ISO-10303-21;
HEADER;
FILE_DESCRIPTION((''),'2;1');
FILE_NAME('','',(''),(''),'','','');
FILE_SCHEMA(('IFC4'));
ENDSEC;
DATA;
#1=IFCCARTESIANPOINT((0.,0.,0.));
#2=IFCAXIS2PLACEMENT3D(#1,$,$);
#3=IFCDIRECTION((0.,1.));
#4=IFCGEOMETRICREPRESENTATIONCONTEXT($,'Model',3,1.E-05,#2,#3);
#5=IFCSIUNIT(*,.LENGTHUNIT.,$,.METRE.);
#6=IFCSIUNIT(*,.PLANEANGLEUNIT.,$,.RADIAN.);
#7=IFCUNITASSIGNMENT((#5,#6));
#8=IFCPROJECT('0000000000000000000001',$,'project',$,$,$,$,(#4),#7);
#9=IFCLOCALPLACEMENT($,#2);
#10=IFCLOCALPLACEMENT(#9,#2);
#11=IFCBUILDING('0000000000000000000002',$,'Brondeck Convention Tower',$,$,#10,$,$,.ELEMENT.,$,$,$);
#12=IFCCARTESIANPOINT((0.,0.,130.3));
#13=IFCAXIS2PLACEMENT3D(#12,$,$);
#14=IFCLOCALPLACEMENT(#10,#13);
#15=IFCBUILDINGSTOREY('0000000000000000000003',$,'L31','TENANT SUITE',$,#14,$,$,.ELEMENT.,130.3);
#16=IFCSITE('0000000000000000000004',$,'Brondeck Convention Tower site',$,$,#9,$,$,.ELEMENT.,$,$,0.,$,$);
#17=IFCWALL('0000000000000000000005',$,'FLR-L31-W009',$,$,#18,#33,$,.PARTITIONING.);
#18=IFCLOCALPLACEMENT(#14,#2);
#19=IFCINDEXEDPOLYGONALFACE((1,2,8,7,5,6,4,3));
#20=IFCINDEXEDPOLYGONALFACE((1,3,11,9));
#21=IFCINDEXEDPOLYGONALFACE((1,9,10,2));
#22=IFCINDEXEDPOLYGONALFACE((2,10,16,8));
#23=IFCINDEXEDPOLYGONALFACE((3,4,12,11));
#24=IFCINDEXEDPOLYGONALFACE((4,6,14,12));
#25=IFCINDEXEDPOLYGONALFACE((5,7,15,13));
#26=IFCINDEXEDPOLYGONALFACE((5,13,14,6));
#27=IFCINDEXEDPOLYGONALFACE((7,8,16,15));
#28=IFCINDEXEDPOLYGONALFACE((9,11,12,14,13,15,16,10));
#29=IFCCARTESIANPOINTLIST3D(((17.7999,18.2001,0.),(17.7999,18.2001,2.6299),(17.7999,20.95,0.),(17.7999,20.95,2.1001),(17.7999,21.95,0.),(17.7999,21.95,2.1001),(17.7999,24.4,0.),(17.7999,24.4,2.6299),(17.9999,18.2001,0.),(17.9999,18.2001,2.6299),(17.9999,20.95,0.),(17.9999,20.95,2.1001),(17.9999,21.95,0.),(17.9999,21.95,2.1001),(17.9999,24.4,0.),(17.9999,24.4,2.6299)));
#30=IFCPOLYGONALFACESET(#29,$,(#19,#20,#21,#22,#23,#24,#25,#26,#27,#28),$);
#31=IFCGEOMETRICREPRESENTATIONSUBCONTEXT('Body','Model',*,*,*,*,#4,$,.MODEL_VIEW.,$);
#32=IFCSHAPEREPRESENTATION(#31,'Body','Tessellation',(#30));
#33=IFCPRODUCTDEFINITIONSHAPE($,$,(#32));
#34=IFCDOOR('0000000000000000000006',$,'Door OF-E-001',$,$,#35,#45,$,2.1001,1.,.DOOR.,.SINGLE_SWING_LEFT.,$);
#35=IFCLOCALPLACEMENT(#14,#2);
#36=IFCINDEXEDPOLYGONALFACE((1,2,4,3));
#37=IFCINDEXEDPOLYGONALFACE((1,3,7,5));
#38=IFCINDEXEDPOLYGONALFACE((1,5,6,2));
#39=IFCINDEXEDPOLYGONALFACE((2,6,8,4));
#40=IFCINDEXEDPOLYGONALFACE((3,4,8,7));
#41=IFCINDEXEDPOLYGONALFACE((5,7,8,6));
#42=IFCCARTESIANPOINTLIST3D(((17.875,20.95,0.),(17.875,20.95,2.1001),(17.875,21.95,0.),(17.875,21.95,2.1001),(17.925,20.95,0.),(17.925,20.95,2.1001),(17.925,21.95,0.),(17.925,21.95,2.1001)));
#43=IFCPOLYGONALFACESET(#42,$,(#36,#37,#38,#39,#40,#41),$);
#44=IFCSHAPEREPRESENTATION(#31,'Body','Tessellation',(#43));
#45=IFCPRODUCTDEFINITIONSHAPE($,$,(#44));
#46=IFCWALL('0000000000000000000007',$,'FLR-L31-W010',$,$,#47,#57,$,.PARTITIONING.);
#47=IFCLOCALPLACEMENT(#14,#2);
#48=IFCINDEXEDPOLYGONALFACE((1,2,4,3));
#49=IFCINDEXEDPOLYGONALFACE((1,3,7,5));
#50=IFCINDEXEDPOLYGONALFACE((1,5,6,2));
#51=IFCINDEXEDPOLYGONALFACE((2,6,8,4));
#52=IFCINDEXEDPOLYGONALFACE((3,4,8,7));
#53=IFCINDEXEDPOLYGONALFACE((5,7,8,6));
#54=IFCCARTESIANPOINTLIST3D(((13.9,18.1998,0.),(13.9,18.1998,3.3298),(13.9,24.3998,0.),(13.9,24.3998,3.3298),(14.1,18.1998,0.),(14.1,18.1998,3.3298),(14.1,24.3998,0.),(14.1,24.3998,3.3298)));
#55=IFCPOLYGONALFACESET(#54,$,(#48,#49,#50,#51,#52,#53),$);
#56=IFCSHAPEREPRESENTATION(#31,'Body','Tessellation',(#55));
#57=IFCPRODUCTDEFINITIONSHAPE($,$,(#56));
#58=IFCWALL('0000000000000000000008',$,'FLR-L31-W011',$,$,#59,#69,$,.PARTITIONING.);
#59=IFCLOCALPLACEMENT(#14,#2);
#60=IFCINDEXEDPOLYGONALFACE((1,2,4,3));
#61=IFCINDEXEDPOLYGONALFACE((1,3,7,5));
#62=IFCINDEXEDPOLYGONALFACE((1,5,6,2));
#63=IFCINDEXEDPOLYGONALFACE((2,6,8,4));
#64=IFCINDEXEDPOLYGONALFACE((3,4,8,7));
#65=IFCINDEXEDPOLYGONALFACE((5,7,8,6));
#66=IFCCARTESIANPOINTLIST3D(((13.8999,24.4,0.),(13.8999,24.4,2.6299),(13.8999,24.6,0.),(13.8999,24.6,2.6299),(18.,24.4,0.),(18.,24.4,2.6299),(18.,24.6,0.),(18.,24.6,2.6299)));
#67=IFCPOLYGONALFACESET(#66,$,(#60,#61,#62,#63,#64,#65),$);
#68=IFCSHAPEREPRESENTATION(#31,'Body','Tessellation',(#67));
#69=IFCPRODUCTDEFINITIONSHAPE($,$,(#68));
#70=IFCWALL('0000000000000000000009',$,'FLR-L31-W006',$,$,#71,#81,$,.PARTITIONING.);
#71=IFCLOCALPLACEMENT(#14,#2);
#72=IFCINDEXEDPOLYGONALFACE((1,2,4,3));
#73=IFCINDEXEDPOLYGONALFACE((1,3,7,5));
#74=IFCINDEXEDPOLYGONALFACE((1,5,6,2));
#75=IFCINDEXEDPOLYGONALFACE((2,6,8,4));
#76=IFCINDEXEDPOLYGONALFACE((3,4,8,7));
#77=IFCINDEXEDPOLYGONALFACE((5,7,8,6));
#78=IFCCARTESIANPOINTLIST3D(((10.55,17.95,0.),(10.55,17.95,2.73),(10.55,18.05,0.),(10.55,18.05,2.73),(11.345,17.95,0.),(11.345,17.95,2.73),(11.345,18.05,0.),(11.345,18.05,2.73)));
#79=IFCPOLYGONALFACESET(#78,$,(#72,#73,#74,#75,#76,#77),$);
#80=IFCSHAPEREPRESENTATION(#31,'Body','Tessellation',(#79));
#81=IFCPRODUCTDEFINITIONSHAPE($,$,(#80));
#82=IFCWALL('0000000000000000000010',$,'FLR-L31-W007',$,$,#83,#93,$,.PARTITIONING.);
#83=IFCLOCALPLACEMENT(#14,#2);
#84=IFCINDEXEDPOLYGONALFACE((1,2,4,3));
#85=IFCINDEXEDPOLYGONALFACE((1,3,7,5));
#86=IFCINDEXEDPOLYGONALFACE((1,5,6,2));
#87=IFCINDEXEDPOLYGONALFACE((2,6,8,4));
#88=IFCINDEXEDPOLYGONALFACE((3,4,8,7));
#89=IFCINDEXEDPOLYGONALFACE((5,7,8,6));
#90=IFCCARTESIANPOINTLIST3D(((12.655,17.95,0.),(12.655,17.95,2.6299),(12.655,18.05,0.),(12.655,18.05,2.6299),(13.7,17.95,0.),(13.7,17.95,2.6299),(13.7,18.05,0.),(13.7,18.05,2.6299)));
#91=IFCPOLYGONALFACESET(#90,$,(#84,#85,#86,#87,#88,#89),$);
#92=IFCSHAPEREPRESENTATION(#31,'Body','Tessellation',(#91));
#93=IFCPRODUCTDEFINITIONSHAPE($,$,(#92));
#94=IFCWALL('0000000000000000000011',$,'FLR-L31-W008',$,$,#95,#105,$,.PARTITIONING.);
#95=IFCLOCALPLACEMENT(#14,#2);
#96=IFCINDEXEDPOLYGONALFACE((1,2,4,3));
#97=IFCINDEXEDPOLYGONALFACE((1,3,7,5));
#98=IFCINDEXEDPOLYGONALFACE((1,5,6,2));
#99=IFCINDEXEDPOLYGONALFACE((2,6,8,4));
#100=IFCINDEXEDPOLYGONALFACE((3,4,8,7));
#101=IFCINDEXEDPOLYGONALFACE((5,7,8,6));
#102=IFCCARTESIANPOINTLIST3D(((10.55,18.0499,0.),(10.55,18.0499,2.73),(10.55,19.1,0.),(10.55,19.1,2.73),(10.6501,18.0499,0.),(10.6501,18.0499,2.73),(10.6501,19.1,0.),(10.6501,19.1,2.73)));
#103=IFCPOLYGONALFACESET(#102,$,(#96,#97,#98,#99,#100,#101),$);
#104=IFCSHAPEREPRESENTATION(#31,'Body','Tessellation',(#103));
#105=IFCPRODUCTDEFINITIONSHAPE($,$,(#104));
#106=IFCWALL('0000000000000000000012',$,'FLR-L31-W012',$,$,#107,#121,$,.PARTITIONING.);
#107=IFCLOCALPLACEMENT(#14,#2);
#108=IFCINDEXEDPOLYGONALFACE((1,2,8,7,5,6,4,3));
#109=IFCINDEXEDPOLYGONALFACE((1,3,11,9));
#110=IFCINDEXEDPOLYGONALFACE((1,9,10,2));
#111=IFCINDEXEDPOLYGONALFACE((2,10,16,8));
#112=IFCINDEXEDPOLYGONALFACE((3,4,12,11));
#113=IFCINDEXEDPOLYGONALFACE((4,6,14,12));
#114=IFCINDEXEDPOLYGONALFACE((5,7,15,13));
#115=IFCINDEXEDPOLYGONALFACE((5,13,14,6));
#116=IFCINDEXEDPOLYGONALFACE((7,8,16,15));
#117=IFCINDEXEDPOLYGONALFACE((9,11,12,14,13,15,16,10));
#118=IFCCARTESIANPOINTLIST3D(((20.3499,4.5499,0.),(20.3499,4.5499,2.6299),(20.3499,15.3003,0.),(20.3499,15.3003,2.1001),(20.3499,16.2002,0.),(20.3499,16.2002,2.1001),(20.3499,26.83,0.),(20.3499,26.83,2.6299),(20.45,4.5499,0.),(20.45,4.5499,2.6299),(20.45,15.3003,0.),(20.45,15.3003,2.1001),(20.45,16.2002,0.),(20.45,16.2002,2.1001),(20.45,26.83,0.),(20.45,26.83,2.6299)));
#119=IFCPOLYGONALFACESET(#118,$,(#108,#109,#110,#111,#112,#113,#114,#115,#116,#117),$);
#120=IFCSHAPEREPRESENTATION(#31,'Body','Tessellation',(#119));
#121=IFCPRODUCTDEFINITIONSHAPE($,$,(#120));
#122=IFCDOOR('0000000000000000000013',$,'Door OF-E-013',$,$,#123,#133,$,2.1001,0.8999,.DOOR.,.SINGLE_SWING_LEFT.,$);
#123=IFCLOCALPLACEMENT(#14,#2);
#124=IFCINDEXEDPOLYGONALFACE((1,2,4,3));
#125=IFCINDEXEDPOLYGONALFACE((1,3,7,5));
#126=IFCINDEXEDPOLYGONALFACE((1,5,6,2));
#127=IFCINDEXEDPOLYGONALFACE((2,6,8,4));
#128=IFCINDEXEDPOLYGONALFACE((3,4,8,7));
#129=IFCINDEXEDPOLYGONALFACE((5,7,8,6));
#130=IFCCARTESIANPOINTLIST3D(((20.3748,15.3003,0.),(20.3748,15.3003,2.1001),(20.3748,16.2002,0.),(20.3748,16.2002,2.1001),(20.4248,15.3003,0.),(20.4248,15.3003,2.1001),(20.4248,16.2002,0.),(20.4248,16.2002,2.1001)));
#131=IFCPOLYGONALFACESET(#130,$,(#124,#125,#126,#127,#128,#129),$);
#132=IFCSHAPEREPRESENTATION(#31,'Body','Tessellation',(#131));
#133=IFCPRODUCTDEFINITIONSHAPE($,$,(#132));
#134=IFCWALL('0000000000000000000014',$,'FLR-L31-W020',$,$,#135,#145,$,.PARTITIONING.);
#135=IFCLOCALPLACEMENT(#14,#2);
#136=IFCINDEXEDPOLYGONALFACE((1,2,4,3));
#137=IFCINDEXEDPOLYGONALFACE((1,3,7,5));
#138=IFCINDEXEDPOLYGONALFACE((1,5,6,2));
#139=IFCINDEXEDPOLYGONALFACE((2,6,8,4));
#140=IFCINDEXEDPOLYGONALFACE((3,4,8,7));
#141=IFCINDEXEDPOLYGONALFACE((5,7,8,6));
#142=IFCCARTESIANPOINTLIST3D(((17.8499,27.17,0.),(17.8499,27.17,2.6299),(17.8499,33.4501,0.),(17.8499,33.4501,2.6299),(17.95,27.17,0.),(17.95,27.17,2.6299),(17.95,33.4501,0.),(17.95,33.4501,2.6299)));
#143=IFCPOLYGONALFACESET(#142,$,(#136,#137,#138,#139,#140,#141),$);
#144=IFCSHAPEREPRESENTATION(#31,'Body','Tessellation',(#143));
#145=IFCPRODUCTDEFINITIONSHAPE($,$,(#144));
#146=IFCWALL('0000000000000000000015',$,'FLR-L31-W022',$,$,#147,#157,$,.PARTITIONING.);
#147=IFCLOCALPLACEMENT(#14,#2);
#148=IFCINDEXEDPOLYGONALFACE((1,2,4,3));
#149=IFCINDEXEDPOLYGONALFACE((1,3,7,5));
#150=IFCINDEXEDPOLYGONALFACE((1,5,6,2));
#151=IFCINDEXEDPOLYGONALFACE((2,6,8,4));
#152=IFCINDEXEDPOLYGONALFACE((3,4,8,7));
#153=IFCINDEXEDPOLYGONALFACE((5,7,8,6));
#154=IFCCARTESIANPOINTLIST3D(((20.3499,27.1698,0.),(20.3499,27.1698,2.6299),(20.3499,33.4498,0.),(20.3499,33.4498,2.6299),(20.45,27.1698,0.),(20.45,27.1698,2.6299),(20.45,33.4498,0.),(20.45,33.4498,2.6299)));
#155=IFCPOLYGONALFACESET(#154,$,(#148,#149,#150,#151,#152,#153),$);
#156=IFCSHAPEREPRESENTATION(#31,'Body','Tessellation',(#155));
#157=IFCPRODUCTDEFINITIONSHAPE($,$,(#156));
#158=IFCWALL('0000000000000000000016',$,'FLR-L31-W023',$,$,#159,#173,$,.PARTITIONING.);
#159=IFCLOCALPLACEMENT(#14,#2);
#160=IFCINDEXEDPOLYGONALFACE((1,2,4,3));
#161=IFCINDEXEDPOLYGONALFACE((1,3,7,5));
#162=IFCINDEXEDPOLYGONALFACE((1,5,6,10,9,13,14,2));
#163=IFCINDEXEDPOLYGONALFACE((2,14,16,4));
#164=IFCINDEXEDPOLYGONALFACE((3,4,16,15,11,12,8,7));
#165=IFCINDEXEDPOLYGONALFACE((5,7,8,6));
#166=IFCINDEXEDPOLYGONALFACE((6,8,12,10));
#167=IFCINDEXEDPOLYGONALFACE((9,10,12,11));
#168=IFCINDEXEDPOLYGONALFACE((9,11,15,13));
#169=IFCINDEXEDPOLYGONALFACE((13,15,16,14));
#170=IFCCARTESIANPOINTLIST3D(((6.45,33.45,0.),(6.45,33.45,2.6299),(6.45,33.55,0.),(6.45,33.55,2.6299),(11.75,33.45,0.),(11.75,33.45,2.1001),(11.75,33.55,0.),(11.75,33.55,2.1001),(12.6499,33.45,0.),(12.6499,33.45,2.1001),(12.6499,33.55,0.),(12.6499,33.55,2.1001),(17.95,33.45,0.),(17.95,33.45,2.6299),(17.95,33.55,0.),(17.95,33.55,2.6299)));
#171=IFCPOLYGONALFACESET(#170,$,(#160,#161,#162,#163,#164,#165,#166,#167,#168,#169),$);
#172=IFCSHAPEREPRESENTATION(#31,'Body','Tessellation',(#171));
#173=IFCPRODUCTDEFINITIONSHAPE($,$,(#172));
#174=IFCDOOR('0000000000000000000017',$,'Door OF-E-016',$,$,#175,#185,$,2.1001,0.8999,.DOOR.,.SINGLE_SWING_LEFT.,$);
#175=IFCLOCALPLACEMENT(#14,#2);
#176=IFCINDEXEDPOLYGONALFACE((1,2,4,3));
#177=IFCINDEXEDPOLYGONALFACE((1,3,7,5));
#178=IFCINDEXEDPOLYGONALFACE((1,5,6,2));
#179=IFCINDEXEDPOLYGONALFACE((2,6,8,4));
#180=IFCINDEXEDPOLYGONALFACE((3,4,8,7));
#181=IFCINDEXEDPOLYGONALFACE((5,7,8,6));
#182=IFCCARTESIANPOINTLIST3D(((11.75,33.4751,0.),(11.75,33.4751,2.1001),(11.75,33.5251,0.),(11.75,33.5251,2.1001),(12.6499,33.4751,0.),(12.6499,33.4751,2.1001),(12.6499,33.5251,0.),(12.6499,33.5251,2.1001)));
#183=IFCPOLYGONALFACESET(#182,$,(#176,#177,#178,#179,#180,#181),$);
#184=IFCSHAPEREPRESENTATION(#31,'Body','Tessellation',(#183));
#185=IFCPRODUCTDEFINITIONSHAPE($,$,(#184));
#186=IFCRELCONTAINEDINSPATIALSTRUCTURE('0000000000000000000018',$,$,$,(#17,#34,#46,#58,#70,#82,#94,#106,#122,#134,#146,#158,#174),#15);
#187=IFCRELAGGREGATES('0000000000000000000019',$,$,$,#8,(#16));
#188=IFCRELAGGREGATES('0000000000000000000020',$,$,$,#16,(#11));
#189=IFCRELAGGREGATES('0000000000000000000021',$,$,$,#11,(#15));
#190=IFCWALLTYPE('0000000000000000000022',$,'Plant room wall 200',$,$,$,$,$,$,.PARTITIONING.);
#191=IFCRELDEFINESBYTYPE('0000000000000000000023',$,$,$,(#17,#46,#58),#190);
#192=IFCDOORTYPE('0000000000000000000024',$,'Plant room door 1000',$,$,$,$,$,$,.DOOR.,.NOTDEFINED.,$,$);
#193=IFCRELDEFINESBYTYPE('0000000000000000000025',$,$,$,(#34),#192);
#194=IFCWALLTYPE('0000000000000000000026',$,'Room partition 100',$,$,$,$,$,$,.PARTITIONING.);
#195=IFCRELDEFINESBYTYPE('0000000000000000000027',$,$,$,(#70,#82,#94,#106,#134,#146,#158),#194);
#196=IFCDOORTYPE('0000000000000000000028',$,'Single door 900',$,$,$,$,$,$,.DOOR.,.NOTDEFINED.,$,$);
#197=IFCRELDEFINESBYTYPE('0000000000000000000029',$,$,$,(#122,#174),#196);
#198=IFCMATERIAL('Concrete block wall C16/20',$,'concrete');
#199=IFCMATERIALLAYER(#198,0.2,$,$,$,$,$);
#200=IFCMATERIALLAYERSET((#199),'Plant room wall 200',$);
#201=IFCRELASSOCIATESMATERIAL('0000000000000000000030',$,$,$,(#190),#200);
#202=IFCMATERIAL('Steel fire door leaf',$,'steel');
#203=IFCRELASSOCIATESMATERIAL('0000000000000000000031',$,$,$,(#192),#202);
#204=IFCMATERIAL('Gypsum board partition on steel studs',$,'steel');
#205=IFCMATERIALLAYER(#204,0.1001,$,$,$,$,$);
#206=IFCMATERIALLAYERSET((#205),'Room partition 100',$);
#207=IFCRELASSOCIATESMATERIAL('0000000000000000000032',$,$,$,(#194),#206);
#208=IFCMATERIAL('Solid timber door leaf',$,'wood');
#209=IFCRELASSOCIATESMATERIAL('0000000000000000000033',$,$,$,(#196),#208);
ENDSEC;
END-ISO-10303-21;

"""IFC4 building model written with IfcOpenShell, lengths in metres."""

from ifc_helpers import new_model, si_unit, direction, frame, frame_2d, origin, place, context, subcontext, project, spatial, rectangle, extrude, material, layer, layer_set, type_object, element, fill, save


model = new_model("IFC4")

# Units and contexts
model_context = context("Model", 3, precision=1e-05, world=origin(), true_north=direction((0.0, 1.0)))
body_context = subcontext(model_context, "Body", "Model", "MODEL_VIEW")
ifc_project = project(units=[si_unit("LENGTHUNIT", "METRE"), si_unit("PLANEANGLEUNIT", "RADIAN")], contexts=[model_context])

# Site, building, storey
site_placement = place(None, origin())
site = spatial("IfcSite", under=ifc_project, at=site_placement, Name="Brondeck Convention Tower site", CompositionType="ELEMENT", RefElevation=0.0)
building_placement = place(site_placement, origin())
building = spatial("IfcBuilding", under=site, at=building_placement, Name="Brondeck Convention Tower", CompositionType="ELEMENT")
storey_placement = place(building_placement, frame((0.0, 0.0, 130.3)))
storey = spatial("IfcBuildingStorey", under=building, at=storey_placement, Name="L31", Description="TENANT SUITE", CompositionType="ELEMENT", Elevation=130.3)

# Wall, opening, door
ifc_material_1 = material(Name="Concrete block wall C16/20", Category="concrete")
ifc_layer_1 = layer(ifc_material_1, 0.2)
ifc_layer_set_1 = layer_set([ifc_layer_1], Name="Plant room wall 200")
wall_type_1 = type_object("IfcWallType", Name="Plant room wall 200", PredefinedType="PARTITIONING", material=ifc_layer_set_1)
wall_1_placement = place(storey_placement, frame((17.8999, 18.2, 0.0), z_axis=(0.0, 0.0, 1.0), x_axis=(0.0, 1.0, 0.0)))
wall_1 = element("IfcWall", 1, at=wall_1_placement, inside=storey, type_object=wall_type_1, Name="FLR-L31-W009", PredefinedType="PARTITIONING", context=body_context, shape_type="SweptSolid", body=[
    extrude(rectangle(XDim=6.2, YDim=0.2, at=frame_2d((3.1001, 0.0))), origin(), (0.0, 0.0, 1.0), 2.6299),
])
opening_1_placement = place(wall_1_placement, frame((2.75, 0.0, 0.0)))
opening_1 = element("IfcOpeningElement", 2, at=opening_1_placement, cuts=wall_1, PredefinedType="OPENING", context=body_context, shape_type="SweptSolid", body=[
    extrude(rectangle(XDim=1.0, YDim=2.1001, at=frame_2d((0.5, 1.05))), frame((0.0, 0.1099, 0.0), z_axis=(0.0, -1.0, 0.0), x_axis=(1.0, 0.0, 0.0)), (0.0, 0.0, 1.0), 0.22),
])
ifc_material_2 = material(Name="Steel fire door leaf", Category="steel")
door_type_1 = type_object("IfcDoorType", Name="Plant room door 1000", OperationType="NOTDEFINED", PredefinedType="DOOR", material=ifc_material_2)
door_1_placement = place(opening_1_placement, origin())
door_1 = element("IfcDoor", 3, at=door_1_placement, inside=storey, type_object=door_type_1, Name="Door OF-E-001", OperationType="SINGLE_SWING_LEFT", OverallHeight=2.1001, OverallWidth=1.0, PredefinedType="DOOR", context=body_context, shape_type="SweptSolid", body=[
    extrude(rectangle(XDim=1.0, YDim=2.1001, at=frame_2d((0.5, 1.05))), frame((0.0, 0.0249, 0.0), z_axis=(0.0, -1.0, 0.0), x_axis=(1.0, 0.0, 0.0)), (0.0, 0.0, 1.0), 0.05),
])
fill(opening_1, door_1)

# Walls
wall_2_placement = place(storey_placement, frame((14.0, 24.3999, 0.0), z_axis=(0.0, 0.0, 1.0), x_axis=(0.0, -1.0, 0.0)))
element("IfcWall", 4, at=wall_2_placement, inside=storey, type_object=wall_type_1, Name="FLR-L31-W010", PredefinedType="PARTITIONING", context=body_context, shape_type="SweptSolid", body=[
    extrude(rectangle(XDim=6.2, YDim=0.2, at=frame_2d((3.1001, 0.0))), origin(), (0.0, 0.0, 1.0), 3.3298),
])
wall_3_placement = place(storey_placement, frame((18.0, 24.5, 0.0), z_axis=(0.0, 0.0, 1.0), x_axis=(-1.0, 0.0, 0.0)))
element("IfcWall", 5, at=wall_3_placement, inside=storey, type_object=wall_type_1, Name="FLR-L31-W011", PredefinedType="PARTITIONING", context=body_context, shape_type="SweptSolid", body=[
    extrude(rectangle(XDim=4.1001, YDim=0.2, at=frame_2d((2.05, 0.0))), origin(), (0.0, 0.0, 1.0), 2.6299),
])
ifc_material_3 = material(Name="Gypsum board partition on steel studs", Category="steel")
ifc_layer_2 = layer(ifc_material_3, 0.1001)
ifc_layer_set_2 = layer_set([ifc_layer_2], Name="Room partition 100")
wall_type_2 = type_object("IfcWallType", Name="Room partition 100", PredefinedType="PARTITIONING", material=ifc_layer_set_2)
wall_4_placement = place(storey_placement, frame((11.345, 18.0, 0.0), z_axis=(0.0, 0.0, 1.0), x_axis=(-1.0, 0.0, 0.0)))
element("IfcWall", 6, at=wall_4_placement, inside=storey, type_object=wall_type_2, Name="FLR-L31-W006", PredefinedType="PARTITIONING", context=body_context, shape_type="SweptSolid", body=[
    extrude(rectangle(XDim=0.7949, YDim=0.1001, at=frame_2d((0.3975, 0.0))), origin(), (0.0, 0.0, 1.0), 2.73),
])
wall_5_placement = place(storey_placement, frame((13.7, 18.0, 0.0), z_axis=(0.0, 0.0, 1.0), x_axis=(-1.0, 0.0, 0.0)))
element("IfcWall", 7, at=wall_5_placement, inside=storey, type_object=wall_type_2, Name="FLR-L31-W007", PredefinedType="PARTITIONING", context=body_context, shape_type="SweptSolid", body=[
    extrude(rectangle(XDim=1.0449, YDim=0.1001, at=frame_2d((0.5225, 0.0))), origin(), (0.0, 0.0, 1.0), 2.6299),
])
wall_6_placement = place(storey_placement, frame((10.6001, 18.05, 0.0), z_axis=(0.0, 0.0, 1.0), x_axis=(0.0, 1.0, 0.0)))
element("IfcWall", 8, at=wall_6_placement, inside=storey, type_object=wall_type_2, Name="FLR-L31-W008", PredefinedType="PARTITIONING", context=body_context, shape_type="SweptSolid", body=[
    extrude(rectangle(XDim=1.05, YDim=0.1001, at=frame_2d((0.5249, 0.0))), origin(), (0.0, 0.0, 1.0), 2.73),
])

# Wall, opening, door
wall_7_placement = place(storey_placement, frame((20.3999, 26.8301, 0.0), z_axis=(0.0, 0.0, 1.0), x_axis=(0.0, -1.0, 0.0)))
wall_7 = element("IfcWall", 9, at=wall_7_placement, inside=storey, type_object=wall_type_2, Name="FLR-L31-W012", PredefinedType="PARTITIONING", context=body_context, shape_type="SweptSolid", body=[
    extrude(rectangle(XDim=22.28, YDim=0.1001, at=frame_2d((11.1401, 0.0))), origin(), (0.0, 0.0, 1.0), 2.6299),
])
opening_2_placement = place(wall_7_placement, frame((10.6299, 0.0, 0.0)))
opening_2 = element("IfcOpeningElement", 10, at=opening_2_placement, cuts=wall_7, PredefinedType="OPENING", context=body_context, shape_type="SweptSolid", body=[
    extrude(rectangle(XDim=0.8999, YDim=2.1001, at=frame_2d((0.45, 1.05))), frame((0.0, 0.0601, 0.0), z_axis=(0.0, -1.0, 0.0), x_axis=(1.0, 0.0, 0.0)), (0.0, 0.0, 1.0), 0.1201),
])
ifc_material_4 = material(Name="Solid timber door leaf", Category="wood")
door_type_2 = type_object("IfcDoorType", Name="Single door 900", OperationType="NOTDEFINED", PredefinedType="DOOR", material=ifc_material_4)
door_2_placement = place(opening_2_placement, origin())
door_2 = element("IfcDoor", 11, at=door_2_placement, inside=storey, type_object=door_type_2, Name="Door OF-E-013", OperationType="SINGLE_SWING_LEFT", OverallHeight=2.1001, OverallWidth=0.8999, PredefinedType="DOOR", context=body_context, shape_type="SweptSolid", body=[
    extrude(rectangle(XDim=0.8999, YDim=2.1001, at=frame_2d((0.45, 1.05))), frame((0.0, 0.0249, 0.0), z_axis=(0.0, -1.0, 0.0), x_axis=(1.0, 0.0, 0.0)), (0.0, 0.0, 1.0), 0.05),
])
fill(opening_2, door_2)

# Walls
for number, where, z_axis, x_axis, name in (
    (12, (17.8999, 27.1699, 0.0), (0.0, 0.0, 1.0), (0.0, 1.0, 0.0), "FLR-L31-W020"),
    (13, (20.3999, 33.45, 0.0), (0.0, 0.0, 1.0), (0.0, -1.0, 0.0), "FLR-L31-W022"),
):
    element("IfcWall", number, at=place(storey_placement, frame(where, z_axis=z_axis, x_axis=x_axis)), inside=storey, type_object=wall_type_2, Name=name, PredefinedType="PARTITIONING", context=body_context, shape_type="SweptSolid", body=[
        extrude(rectangle(XDim=6.28, YDim=0.1001, at=frame_2d((3.1401, 0.0))), origin(), (0.0, 0.0, 1.0), 2.6299),
    ])

# Wall, opening, door
wall_8_placement = place(storey_placement, frame((17.95, 33.5, 0.0), z_axis=(0.0, 0.0, 1.0), x_axis=(-1.0, 0.0, 0.0)))
wall_8 = element("IfcWall", 14, at=wall_8_placement, inside=storey, type_object=wall_type_2, Name="FLR-L31-W023", PredefinedType="PARTITIONING", context=body_context, shape_type="SweptSolid", body=[
    extrude(rectangle(XDim=11.5, YDim=0.1001, at=frame_2d((5.75, 0.0))), origin(), (0.0, 0.0, 1.0), 2.6299),
])
opening_3_placement = place(wall_8_placement, frame((5.3, 0.0, 0.0)))
opening_3 = element("IfcOpeningElement", 15, at=opening_3_placement, cuts=wall_8, PredefinedType="OPENING", context=body_context, shape_type="SweptSolid", body=[
    extrude(rectangle(XDim=0.8999, YDim=2.1001, at=frame_2d((0.45, 1.05))), frame((0.0, 0.0601, 0.0), z_axis=(0.0, -1.0, 0.0), x_axis=(1.0, 0.0, 0.0)), (0.0, 0.0, 1.0), 0.1201),
])
door_3_placement = place(opening_3_placement, origin())
door_3 = element("IfcDoor", 16, at=door_3_placement, inside=storey, type_object=door_type_2, Name="Door OF-E-016", OperationType="SINGLE_SWING_LEFT", OverallHeight=2.1001, OverallWidth=0.8999, PredefinedType="DOOR", context=body_context, shape_type="SweptSolid", body=[
    extrude(rectangle(XDim=0.8999, YDim=2.1001, at=frame_2d((0.45, 1.05))), frame((0.0, 0.0249, 0.0), z_axis=(0.0, -1.0, 0.0), x_axis=(1.0, 0.0, 0.0)), (0.0, 0.0, 1.0), 0.05),
])
fill(opening_3, door_3)

save(model, "model.ifc")
